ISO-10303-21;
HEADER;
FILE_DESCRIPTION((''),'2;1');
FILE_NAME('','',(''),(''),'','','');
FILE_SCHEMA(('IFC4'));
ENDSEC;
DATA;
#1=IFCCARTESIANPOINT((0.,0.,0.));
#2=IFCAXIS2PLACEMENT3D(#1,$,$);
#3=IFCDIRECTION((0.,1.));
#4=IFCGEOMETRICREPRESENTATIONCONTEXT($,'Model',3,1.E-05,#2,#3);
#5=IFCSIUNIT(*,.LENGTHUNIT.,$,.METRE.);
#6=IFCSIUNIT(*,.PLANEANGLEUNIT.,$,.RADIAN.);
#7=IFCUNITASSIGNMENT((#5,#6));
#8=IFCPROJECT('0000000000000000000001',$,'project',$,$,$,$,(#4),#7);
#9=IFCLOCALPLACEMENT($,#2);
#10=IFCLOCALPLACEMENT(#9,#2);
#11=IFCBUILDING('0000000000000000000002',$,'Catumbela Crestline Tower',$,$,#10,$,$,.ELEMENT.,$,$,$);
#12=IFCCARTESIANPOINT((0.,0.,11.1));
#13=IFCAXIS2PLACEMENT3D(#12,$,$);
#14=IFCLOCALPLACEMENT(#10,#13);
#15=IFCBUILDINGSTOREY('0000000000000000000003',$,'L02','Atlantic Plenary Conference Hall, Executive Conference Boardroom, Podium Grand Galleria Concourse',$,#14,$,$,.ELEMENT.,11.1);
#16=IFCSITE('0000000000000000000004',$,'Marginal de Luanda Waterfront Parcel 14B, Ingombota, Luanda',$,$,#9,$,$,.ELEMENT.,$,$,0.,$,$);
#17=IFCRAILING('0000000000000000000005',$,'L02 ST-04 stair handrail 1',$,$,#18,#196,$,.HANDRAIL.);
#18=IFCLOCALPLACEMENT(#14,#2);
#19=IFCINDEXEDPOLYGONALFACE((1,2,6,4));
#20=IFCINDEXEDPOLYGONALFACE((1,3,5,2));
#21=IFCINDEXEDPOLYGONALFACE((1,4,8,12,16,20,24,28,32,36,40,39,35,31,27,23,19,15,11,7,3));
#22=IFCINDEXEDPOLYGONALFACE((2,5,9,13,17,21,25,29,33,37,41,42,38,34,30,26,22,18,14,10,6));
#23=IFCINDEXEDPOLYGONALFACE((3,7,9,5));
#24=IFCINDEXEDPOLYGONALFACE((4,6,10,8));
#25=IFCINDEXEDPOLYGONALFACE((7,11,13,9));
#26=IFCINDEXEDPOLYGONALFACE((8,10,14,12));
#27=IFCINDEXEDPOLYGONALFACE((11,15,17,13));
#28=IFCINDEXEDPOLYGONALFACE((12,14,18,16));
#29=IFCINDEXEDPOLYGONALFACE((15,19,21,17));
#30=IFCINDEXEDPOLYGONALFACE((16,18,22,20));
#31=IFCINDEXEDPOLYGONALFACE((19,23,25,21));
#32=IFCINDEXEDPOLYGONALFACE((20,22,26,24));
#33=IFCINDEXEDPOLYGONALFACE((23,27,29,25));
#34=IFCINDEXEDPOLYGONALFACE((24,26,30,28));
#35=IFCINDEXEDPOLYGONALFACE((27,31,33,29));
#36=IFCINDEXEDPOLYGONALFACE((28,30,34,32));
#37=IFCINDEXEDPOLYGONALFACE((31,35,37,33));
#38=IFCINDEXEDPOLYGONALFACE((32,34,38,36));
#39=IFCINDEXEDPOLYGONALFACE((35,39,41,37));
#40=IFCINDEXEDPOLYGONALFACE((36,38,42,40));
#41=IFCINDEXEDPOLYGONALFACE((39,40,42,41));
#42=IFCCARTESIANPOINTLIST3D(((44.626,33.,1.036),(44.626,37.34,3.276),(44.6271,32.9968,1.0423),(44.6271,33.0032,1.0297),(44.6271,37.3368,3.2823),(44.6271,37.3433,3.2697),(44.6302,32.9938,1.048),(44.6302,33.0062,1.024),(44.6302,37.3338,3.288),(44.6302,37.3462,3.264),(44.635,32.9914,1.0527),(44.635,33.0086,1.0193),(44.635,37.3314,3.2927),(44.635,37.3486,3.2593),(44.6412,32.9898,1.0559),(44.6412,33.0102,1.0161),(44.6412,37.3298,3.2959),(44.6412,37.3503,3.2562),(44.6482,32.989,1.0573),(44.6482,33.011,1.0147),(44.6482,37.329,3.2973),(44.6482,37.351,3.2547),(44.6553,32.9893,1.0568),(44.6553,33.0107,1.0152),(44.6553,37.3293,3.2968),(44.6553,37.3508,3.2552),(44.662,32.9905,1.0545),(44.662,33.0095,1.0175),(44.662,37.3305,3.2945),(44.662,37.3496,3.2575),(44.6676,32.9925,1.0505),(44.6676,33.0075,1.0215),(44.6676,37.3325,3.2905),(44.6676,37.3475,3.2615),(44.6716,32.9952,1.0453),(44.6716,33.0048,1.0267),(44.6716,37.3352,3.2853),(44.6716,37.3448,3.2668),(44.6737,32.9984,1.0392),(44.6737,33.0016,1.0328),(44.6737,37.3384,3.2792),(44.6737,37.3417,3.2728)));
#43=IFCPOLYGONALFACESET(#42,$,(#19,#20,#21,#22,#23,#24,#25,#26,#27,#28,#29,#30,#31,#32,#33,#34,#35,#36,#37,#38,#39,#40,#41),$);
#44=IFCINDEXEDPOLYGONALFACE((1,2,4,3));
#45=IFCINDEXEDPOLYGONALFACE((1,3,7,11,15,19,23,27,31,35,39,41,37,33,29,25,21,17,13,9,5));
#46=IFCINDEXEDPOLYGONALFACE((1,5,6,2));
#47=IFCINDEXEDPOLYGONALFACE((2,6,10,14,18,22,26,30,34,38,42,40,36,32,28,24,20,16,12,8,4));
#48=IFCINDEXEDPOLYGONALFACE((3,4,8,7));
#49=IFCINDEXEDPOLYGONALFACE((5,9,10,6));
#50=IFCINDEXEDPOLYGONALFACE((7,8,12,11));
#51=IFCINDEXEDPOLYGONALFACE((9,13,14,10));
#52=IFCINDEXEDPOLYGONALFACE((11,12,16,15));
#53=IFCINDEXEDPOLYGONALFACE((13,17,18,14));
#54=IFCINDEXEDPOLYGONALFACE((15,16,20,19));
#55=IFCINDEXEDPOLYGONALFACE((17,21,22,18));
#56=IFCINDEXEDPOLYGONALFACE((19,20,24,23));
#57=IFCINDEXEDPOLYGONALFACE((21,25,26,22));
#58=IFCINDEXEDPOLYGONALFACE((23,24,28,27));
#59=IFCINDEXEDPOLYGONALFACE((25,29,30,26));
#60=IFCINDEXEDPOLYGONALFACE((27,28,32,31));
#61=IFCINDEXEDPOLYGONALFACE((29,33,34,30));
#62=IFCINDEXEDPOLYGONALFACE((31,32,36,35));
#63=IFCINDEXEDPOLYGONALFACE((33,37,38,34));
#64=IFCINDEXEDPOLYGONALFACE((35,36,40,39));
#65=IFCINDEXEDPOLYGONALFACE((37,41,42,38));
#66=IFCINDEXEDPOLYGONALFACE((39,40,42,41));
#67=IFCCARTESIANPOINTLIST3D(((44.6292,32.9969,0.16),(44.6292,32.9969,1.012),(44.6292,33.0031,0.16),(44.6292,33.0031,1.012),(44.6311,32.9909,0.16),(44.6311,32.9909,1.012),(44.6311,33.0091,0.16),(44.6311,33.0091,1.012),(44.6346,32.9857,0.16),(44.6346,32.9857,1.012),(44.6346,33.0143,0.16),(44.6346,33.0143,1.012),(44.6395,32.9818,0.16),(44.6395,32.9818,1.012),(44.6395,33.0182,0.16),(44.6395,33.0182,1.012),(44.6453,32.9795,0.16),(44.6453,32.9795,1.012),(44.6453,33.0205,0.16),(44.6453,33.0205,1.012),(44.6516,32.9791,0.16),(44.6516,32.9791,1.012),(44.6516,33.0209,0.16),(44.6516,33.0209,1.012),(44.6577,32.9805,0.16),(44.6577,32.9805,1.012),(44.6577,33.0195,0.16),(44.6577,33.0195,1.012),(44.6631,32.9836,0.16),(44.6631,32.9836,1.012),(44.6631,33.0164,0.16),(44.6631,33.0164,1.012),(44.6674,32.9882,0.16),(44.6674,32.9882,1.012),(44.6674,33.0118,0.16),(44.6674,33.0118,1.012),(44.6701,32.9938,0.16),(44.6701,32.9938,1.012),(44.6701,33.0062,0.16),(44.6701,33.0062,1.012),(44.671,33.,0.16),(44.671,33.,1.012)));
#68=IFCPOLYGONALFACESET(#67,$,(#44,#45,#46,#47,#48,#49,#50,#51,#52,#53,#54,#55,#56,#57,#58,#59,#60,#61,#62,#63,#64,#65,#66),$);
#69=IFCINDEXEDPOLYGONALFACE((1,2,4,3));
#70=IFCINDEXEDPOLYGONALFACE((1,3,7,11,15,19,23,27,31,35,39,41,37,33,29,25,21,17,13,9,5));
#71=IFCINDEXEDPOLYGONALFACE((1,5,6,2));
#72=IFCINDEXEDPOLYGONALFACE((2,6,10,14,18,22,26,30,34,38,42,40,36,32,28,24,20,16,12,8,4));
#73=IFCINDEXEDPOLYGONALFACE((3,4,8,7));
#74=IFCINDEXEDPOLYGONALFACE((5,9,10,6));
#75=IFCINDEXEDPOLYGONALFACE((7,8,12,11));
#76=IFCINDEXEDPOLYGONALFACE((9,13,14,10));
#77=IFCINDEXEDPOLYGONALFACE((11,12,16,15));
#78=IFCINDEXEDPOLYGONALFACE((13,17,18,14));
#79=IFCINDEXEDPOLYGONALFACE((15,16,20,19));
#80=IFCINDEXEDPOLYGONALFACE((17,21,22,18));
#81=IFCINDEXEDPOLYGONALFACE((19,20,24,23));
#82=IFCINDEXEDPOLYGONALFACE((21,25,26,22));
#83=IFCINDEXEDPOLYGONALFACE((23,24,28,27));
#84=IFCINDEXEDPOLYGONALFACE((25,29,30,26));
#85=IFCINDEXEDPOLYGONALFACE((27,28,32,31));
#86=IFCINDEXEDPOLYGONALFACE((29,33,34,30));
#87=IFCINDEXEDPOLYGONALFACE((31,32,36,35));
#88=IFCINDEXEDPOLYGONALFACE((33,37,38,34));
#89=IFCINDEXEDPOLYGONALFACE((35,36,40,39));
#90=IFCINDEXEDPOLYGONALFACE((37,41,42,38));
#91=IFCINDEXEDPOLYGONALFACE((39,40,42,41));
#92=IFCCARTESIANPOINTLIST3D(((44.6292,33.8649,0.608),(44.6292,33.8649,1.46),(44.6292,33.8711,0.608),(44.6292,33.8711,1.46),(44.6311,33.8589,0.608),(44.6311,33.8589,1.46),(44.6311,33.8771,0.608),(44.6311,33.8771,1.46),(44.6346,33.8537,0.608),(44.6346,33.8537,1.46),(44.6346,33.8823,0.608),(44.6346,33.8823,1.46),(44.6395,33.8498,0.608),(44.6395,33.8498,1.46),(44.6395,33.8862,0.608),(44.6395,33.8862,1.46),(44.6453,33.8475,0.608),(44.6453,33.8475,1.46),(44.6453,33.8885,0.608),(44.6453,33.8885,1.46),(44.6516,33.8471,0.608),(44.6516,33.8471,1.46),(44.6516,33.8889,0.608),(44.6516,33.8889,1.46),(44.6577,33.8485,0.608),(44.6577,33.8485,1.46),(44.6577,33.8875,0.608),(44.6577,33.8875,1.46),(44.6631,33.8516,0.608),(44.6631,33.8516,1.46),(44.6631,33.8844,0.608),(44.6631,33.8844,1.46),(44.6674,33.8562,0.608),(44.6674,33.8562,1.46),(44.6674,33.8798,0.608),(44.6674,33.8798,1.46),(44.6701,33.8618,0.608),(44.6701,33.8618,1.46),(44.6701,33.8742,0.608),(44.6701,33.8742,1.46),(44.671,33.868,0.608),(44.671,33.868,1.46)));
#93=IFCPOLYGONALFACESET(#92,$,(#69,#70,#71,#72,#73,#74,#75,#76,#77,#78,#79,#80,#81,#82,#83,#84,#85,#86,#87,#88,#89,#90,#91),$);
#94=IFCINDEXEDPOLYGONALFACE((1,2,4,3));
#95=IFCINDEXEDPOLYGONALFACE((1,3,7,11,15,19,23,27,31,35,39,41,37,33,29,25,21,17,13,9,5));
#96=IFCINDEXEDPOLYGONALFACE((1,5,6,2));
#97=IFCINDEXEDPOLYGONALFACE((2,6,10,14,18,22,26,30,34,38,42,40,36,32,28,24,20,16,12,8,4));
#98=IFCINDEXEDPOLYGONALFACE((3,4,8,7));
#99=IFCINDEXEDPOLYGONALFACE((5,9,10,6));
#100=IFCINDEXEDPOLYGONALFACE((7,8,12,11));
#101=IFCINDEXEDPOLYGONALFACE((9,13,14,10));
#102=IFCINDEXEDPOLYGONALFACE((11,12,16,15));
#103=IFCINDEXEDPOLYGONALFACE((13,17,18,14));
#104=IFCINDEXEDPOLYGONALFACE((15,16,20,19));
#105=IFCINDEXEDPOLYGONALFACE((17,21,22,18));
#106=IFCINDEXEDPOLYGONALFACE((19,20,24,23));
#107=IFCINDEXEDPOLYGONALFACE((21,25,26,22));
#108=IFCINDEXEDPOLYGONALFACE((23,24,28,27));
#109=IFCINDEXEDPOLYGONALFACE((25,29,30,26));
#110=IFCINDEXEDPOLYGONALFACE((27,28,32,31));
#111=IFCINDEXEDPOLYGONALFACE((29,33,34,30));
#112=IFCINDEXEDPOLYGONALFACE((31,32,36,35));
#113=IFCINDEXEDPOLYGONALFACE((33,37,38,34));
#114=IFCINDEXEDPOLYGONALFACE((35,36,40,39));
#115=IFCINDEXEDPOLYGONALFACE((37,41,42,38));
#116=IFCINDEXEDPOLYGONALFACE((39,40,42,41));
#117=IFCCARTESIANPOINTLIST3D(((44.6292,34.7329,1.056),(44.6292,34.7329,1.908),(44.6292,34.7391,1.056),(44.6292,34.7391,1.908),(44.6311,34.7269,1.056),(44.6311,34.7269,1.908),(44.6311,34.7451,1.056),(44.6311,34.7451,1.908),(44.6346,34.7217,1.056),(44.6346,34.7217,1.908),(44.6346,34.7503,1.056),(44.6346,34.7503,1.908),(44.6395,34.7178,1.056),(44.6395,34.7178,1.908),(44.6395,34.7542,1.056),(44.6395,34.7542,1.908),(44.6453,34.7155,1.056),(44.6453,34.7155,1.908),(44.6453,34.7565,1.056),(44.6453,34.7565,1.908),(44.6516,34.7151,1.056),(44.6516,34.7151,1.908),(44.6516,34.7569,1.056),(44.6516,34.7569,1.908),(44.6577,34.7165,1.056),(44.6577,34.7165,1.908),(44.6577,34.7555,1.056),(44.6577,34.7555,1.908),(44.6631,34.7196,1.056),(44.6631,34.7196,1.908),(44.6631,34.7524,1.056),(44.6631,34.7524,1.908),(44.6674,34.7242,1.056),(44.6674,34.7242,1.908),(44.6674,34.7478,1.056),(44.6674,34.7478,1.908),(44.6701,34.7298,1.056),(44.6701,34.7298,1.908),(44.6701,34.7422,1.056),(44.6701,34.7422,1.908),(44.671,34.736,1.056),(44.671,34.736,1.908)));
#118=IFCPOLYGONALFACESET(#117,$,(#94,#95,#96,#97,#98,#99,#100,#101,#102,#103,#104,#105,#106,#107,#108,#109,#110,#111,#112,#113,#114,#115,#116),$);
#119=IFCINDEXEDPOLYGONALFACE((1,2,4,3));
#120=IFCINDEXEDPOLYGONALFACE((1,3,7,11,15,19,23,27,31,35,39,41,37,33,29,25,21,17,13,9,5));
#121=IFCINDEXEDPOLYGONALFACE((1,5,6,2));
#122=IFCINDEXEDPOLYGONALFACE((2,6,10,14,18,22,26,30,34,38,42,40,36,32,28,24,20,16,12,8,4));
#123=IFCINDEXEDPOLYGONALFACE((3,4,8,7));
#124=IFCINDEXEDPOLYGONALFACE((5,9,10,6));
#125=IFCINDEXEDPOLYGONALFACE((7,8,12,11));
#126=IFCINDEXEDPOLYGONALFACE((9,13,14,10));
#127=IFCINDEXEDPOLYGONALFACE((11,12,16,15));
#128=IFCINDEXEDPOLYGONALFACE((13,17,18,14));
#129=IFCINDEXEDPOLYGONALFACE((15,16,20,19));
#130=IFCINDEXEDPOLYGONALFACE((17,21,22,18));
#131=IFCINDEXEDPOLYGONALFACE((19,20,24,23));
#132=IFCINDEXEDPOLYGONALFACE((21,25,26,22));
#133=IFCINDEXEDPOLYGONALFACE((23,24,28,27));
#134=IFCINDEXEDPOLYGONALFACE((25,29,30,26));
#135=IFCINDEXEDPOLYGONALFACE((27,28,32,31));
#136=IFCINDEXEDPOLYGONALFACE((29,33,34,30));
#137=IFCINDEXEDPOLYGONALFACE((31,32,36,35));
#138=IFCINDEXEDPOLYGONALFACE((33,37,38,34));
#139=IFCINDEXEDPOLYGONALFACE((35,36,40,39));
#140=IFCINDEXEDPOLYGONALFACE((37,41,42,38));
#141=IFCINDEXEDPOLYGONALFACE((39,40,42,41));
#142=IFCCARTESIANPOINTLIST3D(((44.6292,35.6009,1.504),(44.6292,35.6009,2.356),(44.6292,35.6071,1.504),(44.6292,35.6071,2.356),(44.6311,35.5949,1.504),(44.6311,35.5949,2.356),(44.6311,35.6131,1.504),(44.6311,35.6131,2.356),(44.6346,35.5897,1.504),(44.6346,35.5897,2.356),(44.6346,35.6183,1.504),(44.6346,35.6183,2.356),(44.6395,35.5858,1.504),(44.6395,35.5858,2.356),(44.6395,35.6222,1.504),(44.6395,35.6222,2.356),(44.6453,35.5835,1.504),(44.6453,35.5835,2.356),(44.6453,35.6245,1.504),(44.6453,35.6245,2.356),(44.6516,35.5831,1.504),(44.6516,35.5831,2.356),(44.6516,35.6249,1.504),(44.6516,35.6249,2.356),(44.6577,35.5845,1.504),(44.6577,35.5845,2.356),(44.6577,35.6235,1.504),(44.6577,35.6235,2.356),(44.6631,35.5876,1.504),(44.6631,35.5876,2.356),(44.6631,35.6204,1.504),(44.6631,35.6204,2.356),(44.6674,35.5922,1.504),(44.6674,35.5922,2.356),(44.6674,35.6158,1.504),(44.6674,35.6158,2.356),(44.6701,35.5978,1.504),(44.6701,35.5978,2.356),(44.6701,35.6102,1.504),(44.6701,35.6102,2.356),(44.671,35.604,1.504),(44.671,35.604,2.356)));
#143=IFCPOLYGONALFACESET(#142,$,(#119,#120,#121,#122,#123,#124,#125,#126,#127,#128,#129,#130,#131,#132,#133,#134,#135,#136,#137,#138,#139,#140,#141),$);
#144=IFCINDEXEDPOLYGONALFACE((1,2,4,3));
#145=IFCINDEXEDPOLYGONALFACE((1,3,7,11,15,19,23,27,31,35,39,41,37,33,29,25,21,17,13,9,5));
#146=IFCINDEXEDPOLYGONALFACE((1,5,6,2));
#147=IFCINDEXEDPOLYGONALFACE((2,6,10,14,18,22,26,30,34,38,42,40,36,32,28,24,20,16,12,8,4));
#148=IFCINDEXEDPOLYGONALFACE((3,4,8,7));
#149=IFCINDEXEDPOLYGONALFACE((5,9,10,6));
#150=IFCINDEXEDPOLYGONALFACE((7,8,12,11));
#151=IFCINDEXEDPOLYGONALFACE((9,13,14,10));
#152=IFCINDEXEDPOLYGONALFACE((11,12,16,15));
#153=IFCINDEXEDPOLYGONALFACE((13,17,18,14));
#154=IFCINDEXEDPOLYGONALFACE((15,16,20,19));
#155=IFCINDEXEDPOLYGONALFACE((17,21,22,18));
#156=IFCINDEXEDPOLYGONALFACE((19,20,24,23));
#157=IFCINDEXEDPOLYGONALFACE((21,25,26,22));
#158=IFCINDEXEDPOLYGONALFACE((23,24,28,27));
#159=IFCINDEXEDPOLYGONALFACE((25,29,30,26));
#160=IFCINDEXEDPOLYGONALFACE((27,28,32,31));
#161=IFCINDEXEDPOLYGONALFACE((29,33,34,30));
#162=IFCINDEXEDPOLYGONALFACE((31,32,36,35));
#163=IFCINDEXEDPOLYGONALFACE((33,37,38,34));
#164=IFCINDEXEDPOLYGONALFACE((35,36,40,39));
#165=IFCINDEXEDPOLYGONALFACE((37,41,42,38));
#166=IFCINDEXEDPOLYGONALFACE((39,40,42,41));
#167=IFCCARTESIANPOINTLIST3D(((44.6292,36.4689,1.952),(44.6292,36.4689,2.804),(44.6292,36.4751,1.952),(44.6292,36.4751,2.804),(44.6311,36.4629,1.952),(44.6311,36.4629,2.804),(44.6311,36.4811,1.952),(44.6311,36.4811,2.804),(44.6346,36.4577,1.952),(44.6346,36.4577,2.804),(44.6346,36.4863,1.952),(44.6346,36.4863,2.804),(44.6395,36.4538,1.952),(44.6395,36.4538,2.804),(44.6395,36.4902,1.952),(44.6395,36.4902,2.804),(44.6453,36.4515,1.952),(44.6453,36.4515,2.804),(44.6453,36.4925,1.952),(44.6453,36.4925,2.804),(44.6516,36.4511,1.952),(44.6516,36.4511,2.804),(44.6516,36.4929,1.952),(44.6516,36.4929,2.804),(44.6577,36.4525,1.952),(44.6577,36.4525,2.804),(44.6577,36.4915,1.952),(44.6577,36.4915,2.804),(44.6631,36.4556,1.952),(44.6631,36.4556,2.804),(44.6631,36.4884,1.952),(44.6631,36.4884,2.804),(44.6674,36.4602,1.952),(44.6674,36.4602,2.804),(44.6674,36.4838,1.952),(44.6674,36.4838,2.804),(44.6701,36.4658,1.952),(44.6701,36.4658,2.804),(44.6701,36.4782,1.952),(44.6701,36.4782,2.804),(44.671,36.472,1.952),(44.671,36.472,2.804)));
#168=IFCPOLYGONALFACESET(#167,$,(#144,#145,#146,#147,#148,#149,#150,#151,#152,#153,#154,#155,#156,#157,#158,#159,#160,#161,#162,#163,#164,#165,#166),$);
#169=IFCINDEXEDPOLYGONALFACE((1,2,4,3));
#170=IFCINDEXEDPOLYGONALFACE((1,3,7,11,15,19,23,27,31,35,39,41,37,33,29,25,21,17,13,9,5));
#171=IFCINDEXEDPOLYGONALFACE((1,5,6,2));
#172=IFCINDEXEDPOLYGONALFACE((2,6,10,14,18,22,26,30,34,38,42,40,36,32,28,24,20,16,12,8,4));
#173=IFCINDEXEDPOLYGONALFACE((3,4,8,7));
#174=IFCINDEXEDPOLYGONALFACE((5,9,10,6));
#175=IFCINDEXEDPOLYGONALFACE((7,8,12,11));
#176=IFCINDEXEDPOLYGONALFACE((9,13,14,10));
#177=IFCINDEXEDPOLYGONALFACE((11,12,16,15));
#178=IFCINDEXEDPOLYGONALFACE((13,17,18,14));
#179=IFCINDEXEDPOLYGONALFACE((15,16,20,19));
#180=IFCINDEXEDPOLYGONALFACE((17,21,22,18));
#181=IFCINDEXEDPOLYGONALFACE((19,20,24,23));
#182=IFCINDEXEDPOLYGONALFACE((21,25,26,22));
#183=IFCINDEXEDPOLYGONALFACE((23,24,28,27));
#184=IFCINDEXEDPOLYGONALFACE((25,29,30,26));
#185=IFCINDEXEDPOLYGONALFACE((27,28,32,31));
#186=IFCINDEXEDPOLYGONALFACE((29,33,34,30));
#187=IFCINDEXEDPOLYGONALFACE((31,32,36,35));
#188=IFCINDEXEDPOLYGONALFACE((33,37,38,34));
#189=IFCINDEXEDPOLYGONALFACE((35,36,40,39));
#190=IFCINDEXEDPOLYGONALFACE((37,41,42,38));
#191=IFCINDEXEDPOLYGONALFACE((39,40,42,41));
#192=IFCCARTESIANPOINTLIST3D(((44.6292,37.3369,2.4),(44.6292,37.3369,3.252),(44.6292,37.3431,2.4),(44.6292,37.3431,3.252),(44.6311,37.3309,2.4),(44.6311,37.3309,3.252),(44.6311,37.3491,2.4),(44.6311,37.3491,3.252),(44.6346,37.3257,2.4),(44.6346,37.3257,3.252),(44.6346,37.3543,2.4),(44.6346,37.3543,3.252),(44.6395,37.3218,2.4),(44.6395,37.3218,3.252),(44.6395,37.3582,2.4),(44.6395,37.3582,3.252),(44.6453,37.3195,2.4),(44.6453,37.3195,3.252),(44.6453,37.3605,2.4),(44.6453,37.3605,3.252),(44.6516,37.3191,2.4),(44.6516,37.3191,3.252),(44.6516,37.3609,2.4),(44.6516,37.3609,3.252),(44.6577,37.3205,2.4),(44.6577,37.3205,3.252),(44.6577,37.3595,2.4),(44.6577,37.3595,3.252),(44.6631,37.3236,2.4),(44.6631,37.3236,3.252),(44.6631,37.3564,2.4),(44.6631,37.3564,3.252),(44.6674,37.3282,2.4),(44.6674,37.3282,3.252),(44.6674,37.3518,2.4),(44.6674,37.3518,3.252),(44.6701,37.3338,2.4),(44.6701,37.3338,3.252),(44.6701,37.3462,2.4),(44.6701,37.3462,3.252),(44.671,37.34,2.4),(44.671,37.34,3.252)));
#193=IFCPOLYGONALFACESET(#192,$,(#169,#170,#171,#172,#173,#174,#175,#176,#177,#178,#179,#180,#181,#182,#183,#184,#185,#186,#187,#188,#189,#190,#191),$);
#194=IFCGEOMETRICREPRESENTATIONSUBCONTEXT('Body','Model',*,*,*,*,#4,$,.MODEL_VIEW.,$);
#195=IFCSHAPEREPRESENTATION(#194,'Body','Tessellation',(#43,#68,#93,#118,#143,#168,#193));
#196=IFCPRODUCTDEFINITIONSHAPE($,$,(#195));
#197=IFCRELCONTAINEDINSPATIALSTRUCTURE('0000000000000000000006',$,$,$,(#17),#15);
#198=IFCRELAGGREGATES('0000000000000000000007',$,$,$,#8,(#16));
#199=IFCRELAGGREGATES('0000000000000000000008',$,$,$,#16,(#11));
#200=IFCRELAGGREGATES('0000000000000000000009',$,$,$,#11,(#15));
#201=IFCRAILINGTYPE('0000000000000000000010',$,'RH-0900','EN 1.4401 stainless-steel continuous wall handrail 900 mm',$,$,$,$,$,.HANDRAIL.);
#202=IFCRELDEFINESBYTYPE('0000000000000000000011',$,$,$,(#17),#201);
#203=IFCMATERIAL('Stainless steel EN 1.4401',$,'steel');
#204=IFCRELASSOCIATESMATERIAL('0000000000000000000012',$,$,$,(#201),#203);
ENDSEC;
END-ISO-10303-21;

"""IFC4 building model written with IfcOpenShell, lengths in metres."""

from ifc_helpers import new_model, si_unit, direction, frame, origin, origin_2d, place, context, subcontext, project, spatial, circle, extrude, material, type_object, element, save


model = new_model("IFC4")

# Units and contexts
model_context = context("Model", 3, precision=1e-05, world=origin(), true_north=direction((0.0, 1.0)))
body_context = subcontext(model_context, "Body", "Model", "MODEL_VIEW")
ifc_project = project(units=[si_unit("LENGTHUNIT", "METRE"), si_unit("PLANEANGLEUNIT", "RADIAN")], contexts=[model_context])

# Site, building, storey
site_placement = place(None, origin())
site = spatial("IfcSite", under=ifc_project, at=site_placement, Name="Marginal de Luanda Waterfront Parcel 14B, Ingombota, Luanda", CompositionType="ELEMENT", RefElevation=0.0)
building_placement = place(site_placement, origin())
building = spatial("IfcBuilding", under=site, at=building_placement, Name="Catumbela Crestline Tower", CompositionType="ELEMENT")
storey_placement = place(building_placement, frame((0.0, 0.0, 11.1)))
storey = spatial("IfcBuildingStorey", under=building, at=storey_placement, Name="L02", Description="Atlantic Plenary Conference Hall, Executive Conference Boardroom, Podium Grand Galleria Concourse", CompositionType="ELEMENT", Elevation=11.1)

# Railing
ifc_material_1 = material(Name="Stainless steel EN 1.4401", Category="steel")
railing_type_1 = type_object("IfcRailingType", Name="RH-0900", Description="EN 1.4401 stainless-steel continuous wall handrail 900 mm", PredefinedType="HANDRAIL", material=ifc_material_1)
railing_1_placement = place(storey_placement, frame((44.65, 33.0, 0.16)))
element("IfcRailing", 1, at=railing_1_placement, inside=storey, type_object=railing_type_1, Name="L02 ST-04 stair handrail 1", PredefinedType="HANDRAIL", context=body_context, shape_type="SweptSolid", body=[
    extrude(circle(Radius=0.024, at=origin_2d()), frame((0.0, 0.0, 0.876), z_axis=(0.0, 0.888621, 0.458643), x_axis=(-1.0, 0.0, 0.0)), (0.0, 0.0, 1.0), 4.884),
    extrude(circle(Radius=0.021, at=origin_2d()), origin(), (0.0, 0.0, 1.0), 0.852),
    extrude(circle(Radius=0.021, at=origin_2d()), frame((0.0, 0.868, 0.448)), (0.0, 0.0, 1.0), 0.852),
    extrude(circle(Radius=0.021, at=origin_2d()), frame((0.0, 1.736, 0.896)), (0.0, 0.0, 1.0), 0.852),
    extrude(circle(Radius=0.021, at=origin_2d()), frame((0.0, 2.604, 1.344)), (0.0, 0.0, 1.0), 0.852),
    extrude(circle(Radius=0.021, at=origin_2d()), frame((0.0, 3.472, 1.792)), (0.0, 0.0, 1.0), 0.852),
    extrude(circle(Radius=0.021, at=origin_2d()), frame((0.0, 4.34, 2.24)), (0.0, 0.0, 1.0), 0.852),
])

save(model, "model.ifc")
